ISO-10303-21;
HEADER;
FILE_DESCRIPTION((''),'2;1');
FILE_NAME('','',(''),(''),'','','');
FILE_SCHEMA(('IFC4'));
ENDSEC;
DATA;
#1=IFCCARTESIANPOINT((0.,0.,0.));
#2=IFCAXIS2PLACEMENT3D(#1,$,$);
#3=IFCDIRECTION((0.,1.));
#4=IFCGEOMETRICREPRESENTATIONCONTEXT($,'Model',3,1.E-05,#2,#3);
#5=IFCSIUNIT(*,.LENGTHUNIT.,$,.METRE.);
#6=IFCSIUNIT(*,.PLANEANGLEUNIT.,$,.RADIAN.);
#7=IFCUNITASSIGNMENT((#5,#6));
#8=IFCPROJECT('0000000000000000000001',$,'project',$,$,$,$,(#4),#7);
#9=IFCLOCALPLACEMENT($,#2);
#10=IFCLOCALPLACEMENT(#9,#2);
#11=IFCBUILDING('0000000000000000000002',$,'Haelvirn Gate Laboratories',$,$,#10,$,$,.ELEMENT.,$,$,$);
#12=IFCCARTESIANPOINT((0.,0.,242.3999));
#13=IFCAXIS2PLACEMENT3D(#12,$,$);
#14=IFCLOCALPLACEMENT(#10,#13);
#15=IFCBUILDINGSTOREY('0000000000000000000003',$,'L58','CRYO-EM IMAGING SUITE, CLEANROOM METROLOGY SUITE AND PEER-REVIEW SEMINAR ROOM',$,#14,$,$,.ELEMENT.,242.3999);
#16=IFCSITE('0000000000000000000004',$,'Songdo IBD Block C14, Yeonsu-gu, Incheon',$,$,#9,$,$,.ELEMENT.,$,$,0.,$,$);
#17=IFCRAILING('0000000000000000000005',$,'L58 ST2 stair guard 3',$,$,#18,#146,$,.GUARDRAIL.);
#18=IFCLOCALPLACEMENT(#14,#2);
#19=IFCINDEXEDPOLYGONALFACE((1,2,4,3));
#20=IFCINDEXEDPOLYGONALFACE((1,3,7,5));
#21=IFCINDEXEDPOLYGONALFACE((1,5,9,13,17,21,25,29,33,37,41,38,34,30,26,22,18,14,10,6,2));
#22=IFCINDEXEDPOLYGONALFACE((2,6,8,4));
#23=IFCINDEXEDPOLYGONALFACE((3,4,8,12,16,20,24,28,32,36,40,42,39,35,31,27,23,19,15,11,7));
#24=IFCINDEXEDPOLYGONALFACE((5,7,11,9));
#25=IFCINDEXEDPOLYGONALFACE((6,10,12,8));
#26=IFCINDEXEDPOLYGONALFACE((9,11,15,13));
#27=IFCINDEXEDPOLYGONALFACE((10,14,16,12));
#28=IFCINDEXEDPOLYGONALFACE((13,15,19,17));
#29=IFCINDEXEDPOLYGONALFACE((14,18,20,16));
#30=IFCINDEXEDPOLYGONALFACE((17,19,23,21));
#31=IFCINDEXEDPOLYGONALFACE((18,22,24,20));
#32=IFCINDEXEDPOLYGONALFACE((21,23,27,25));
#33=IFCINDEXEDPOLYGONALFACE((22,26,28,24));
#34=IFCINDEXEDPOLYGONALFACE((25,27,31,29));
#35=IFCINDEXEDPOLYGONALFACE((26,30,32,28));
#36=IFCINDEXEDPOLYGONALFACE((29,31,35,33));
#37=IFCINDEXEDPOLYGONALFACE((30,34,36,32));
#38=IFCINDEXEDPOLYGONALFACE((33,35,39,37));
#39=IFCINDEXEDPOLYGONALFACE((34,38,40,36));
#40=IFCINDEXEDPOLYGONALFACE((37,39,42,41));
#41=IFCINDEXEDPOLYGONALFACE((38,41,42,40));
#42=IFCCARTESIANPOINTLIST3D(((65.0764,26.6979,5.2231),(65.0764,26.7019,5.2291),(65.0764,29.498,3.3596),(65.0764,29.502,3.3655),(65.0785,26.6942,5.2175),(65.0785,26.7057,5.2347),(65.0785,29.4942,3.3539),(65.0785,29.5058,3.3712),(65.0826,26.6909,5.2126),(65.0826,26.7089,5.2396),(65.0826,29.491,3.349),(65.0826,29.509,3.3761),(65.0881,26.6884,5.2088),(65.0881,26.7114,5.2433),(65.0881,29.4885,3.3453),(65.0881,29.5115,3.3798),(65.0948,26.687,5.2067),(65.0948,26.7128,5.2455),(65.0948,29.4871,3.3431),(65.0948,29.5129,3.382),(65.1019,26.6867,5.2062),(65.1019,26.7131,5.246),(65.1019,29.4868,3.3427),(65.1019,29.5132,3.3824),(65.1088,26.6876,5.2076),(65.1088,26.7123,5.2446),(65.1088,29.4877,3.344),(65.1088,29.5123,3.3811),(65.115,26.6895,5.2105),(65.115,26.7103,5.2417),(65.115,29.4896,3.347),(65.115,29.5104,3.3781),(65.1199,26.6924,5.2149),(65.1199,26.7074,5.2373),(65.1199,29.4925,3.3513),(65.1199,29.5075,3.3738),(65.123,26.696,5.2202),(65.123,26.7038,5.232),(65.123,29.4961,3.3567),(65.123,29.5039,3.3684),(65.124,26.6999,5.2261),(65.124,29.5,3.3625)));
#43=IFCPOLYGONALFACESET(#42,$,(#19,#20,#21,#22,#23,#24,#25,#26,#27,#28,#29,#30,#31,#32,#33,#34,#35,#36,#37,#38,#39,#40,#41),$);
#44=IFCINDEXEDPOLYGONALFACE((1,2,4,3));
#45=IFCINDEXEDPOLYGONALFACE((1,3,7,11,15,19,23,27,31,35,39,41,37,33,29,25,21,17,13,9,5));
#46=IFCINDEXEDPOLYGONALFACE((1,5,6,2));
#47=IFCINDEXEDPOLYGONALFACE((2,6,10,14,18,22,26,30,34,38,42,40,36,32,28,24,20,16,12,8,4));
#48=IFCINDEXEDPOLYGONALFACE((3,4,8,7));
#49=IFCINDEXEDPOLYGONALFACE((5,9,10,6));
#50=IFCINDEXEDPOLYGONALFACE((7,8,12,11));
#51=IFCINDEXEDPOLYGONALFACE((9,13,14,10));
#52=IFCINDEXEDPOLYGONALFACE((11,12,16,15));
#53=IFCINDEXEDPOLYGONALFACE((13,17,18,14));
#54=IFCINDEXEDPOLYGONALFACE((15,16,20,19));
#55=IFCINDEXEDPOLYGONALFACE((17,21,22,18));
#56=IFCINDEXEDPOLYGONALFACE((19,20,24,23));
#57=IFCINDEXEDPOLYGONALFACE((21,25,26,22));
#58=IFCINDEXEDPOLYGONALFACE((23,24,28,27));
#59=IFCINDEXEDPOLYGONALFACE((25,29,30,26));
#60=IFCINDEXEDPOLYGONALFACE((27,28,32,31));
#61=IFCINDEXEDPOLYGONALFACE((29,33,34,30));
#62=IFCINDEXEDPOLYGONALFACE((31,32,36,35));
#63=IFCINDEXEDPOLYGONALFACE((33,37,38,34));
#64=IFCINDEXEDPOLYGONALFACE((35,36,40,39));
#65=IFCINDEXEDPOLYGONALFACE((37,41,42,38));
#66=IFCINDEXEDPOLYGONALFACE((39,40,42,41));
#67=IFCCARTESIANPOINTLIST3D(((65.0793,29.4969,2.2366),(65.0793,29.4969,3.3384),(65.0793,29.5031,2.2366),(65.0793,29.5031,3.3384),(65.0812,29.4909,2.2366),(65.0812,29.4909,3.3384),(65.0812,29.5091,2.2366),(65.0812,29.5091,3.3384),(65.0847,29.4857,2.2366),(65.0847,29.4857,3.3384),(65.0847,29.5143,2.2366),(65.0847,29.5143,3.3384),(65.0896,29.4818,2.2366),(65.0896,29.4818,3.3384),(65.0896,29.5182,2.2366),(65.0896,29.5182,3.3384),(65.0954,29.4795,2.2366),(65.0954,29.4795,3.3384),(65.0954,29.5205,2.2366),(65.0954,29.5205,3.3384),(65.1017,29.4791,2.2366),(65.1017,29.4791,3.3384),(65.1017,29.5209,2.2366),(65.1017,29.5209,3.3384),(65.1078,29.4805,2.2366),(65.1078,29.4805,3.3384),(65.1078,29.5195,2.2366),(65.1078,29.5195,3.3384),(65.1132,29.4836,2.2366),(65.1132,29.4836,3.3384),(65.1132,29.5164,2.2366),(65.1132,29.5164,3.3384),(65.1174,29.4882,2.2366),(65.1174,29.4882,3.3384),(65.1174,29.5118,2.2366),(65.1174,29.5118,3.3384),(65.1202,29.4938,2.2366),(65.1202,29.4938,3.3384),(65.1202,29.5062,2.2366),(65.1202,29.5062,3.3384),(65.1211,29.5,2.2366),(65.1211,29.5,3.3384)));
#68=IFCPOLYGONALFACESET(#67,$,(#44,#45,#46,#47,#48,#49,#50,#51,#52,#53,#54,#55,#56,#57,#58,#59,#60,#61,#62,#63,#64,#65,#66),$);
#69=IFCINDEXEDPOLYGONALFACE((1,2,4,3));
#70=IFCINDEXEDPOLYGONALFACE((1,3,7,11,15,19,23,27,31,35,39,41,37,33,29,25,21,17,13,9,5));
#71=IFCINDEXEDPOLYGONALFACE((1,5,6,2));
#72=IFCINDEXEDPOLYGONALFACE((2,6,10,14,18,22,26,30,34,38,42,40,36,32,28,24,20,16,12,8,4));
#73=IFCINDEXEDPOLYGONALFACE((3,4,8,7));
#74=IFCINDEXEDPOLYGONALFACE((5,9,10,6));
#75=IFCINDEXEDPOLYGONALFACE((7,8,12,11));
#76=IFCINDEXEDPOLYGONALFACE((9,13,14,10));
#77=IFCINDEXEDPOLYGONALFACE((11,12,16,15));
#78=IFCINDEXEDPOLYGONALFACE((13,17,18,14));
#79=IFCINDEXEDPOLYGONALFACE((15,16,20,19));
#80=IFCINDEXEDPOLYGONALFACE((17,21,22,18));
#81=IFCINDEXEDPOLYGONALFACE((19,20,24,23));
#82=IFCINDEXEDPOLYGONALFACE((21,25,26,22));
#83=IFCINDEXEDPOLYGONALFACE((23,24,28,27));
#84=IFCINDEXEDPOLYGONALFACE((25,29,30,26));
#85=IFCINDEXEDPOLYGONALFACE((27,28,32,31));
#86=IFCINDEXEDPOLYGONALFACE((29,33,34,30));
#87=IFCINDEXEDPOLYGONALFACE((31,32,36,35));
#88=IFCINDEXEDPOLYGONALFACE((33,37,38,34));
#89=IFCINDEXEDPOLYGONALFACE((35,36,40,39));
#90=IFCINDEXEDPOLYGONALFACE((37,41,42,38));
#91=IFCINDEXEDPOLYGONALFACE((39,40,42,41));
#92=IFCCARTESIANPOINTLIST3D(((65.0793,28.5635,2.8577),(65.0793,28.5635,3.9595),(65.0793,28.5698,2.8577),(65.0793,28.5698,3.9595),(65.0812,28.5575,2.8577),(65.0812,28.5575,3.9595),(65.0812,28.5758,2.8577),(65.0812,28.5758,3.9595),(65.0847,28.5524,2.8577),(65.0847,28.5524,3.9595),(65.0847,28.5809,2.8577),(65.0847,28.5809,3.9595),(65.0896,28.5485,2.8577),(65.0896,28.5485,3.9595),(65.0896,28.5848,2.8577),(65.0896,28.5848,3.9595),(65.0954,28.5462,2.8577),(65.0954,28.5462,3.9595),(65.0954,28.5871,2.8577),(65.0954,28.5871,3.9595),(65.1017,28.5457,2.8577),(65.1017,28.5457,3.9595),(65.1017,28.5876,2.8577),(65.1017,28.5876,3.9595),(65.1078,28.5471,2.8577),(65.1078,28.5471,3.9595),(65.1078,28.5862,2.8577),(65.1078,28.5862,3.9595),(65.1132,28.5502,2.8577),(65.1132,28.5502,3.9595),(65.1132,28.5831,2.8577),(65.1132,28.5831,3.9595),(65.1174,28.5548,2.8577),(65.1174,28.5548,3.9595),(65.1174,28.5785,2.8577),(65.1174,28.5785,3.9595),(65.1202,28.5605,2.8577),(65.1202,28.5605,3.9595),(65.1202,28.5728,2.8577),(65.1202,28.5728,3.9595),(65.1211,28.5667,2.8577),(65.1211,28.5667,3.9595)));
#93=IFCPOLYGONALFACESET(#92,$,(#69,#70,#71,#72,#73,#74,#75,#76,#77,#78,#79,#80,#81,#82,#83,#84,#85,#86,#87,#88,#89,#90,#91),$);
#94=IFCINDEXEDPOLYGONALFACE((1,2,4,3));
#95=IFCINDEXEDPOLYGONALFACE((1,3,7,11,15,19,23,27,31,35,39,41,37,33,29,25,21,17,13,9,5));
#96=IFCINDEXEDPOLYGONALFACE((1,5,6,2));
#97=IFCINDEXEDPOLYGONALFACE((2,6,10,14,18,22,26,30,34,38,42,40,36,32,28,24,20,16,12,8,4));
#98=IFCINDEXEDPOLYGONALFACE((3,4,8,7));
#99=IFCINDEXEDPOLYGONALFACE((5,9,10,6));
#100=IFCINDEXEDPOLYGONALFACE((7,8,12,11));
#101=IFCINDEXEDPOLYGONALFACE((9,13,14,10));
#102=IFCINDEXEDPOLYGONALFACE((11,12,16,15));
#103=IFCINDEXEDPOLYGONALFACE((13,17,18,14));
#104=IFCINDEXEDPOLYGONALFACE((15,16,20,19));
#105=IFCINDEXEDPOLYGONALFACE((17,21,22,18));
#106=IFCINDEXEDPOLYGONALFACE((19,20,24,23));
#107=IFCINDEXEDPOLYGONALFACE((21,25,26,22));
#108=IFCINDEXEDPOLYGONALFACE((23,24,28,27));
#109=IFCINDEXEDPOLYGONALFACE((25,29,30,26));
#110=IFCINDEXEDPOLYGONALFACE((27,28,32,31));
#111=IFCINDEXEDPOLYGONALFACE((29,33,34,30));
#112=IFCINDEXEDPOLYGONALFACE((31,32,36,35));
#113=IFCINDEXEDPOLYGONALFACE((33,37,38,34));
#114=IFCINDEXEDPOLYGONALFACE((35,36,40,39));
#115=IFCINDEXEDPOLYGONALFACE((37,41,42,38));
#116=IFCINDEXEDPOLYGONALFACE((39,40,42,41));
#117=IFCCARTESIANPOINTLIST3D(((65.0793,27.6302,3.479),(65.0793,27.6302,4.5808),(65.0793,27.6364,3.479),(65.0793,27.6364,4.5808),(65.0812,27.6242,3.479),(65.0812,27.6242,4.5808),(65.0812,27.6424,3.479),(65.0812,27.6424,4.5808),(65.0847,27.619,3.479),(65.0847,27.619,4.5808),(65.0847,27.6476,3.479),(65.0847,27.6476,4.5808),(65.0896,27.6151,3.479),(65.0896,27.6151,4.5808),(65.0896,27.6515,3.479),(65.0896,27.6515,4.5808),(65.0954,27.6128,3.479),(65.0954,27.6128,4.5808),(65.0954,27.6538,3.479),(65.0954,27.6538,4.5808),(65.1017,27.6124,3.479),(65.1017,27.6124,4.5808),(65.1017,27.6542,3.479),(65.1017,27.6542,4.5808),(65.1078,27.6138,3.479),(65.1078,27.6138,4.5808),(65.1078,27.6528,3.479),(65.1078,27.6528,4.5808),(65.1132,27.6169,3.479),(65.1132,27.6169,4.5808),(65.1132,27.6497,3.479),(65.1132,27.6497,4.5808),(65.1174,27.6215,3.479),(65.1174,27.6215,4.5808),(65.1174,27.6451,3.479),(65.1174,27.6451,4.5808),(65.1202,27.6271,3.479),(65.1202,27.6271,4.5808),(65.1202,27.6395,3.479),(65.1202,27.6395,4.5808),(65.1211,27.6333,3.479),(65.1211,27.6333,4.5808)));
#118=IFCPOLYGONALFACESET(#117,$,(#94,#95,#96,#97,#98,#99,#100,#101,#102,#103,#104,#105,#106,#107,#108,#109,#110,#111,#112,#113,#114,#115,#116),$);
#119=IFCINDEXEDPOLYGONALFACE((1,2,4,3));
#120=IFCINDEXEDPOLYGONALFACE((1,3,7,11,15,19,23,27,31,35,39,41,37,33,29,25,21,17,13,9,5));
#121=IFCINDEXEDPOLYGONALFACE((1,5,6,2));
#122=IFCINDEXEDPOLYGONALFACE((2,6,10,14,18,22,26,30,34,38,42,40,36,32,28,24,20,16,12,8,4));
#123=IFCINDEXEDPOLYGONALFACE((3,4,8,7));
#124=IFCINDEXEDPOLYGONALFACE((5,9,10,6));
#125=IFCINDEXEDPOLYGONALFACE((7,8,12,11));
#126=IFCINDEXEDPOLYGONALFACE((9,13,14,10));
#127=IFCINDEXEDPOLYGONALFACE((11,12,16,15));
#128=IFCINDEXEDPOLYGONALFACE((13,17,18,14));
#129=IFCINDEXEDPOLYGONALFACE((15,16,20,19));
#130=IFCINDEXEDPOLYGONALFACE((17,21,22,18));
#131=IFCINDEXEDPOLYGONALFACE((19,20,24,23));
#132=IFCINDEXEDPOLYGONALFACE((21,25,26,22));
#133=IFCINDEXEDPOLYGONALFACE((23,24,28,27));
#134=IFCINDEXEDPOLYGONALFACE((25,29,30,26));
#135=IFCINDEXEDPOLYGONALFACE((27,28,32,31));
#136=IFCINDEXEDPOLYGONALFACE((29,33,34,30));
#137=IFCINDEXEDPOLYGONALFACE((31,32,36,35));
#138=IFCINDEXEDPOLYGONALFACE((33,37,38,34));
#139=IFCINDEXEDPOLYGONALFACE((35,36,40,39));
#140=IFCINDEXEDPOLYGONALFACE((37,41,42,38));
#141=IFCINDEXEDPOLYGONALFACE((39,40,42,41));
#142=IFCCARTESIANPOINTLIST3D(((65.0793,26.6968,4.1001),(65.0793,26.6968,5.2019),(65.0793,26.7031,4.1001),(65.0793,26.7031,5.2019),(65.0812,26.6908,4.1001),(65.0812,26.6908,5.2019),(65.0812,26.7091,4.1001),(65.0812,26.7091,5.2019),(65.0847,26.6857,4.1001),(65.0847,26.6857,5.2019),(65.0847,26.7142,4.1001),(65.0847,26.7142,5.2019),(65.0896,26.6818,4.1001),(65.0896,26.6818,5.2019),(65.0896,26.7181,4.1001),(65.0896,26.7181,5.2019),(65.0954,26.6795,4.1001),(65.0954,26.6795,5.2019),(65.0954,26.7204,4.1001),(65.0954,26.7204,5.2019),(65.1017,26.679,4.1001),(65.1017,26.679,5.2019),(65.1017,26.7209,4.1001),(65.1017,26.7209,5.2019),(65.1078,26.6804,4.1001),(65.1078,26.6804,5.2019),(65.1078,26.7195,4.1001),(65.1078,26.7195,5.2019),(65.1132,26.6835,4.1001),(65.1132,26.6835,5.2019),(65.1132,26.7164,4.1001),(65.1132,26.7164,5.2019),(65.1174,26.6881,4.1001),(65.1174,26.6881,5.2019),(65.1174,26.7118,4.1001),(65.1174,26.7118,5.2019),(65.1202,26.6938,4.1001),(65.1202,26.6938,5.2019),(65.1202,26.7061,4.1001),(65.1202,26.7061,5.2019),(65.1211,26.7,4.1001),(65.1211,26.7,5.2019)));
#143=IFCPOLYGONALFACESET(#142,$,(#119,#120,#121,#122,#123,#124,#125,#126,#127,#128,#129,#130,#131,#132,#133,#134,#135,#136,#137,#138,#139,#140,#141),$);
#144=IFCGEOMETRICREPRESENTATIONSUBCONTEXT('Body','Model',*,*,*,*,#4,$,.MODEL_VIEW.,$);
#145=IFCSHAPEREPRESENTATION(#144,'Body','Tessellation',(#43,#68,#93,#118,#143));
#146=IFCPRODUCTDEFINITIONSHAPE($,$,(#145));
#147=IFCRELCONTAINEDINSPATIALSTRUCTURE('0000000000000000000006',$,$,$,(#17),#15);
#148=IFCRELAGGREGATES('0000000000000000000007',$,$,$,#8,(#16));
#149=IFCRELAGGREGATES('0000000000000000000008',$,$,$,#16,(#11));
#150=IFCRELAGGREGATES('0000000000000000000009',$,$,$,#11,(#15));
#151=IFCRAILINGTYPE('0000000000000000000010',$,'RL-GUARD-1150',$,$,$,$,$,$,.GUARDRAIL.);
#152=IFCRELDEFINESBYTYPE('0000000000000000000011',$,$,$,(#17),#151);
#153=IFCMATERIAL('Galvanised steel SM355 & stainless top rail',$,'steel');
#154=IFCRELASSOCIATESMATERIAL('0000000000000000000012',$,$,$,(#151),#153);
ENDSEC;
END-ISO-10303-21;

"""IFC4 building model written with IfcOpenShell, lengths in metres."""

from ifc_helpers import new_model, si_unit, direction, frame, origin, origin_2d, place, context, subcontext, project, spatial, circle, extrude, source, transform, mapped, material, type_object, element, save


model = new_model("IFC4")

# Units and contexts
model_context = context("Model", 3, precision=1e-05, world=origin(), true_north=direction((0.0, 1.0)))
body_context = subcontext(model_context, "Body", "Model", "MODEL_VIEW")
ifc_project = project(units=[si_unit("LENGTHUNIT", "METRE"), si_unit("PLANEANGLEUNIT", "RADIAN")], contexts=[model_context])

# Site, building, storey
site_placement = place(None, origin())
site = spatial("IfcSite", under=ifc_project, at=site_placement, Name="Songdo IBD Block C14, Yeonsu-gu, Incheon", CompositionType="ELEMENT", RefElevation=0.0)
building_placement = place(site_placement, origin())
building = spatial("IfcBuilding", under=site, at=building_placement, Name="Haelvirn Gate Laboratories", CompositionType="ELEMENT")
storey_placement = place(building_placement, frame((0.0, 0.0, 242.3999)))
storey = spatial("IfcBuildingStorey", under=building, at=storey_placement, Name="L58", Description="CRYO-EM IMAGING SUITE, CLEANROOM METROLOGY SUITE AND PEER-REVIEW SEMINAR ROOM", CompositionType="ELEMENT", Elevation=242.3999)

# Railing
ifc_material_1 = material(Name="Galvanised steel SM355 & stainless top rail", Category="steel")
railing_type_1 = type_object("IfcRailingType", Name="RL-GUARD-1150", PredefinedType="GUARDRAIL", material=ifc_material_1)
shared_shape_1 = source(origin(), body_context, "Body", "SweptSolid", [
    extrude(circle(Radius=0.0239, at=origin_2d()), frame((0.0, 0.0, 1.126), z_axis=(0.0, -0.832486, 0.554047), x_axis=(1.0, 0.0, 0.0)), (0.0, 0.0, 1.0), 3.3635),
    extrude(circle(Radius=0.021, at=origin_2d()), origin(), (0.0, 0.0, 1.0), 1.1018),
    extrude(circle(Radius=0.021, at=origin_2d()), frame((0.0, -0.9333, 0.6211)), (0.0, 0.0, 1.0), 1.1018),
    extrude(circle(Radius=0.021, at=origin_2d()), frame((0.0, -1.8667, 1.2424)), (0.0, 0.0, 1.0), 1.1018),
    extrude(circle(Radius=0.021, at=origin_2d()), frame((0.0, -2.8, 1.8635)), (0.0, 0.0, 1.0), 1.1018),
])
railing_1_placement = place(storey_placement, frame((65.1001, 29.5, 2.2366)))
element("IfcRailing", 1, at=railing_1_placement, inside=storey, type_object=railing_type_1, Name="L58 ST2 stair guard 3", PredefinedType="GUARDRAIL", context=body_context, shape_type="MappedRepresentation", body=[
    mapped(shared_shape_1, transform((0.0, 0.0, 0.0), scale=1.0)),
])

save(model, "model.ifc")
